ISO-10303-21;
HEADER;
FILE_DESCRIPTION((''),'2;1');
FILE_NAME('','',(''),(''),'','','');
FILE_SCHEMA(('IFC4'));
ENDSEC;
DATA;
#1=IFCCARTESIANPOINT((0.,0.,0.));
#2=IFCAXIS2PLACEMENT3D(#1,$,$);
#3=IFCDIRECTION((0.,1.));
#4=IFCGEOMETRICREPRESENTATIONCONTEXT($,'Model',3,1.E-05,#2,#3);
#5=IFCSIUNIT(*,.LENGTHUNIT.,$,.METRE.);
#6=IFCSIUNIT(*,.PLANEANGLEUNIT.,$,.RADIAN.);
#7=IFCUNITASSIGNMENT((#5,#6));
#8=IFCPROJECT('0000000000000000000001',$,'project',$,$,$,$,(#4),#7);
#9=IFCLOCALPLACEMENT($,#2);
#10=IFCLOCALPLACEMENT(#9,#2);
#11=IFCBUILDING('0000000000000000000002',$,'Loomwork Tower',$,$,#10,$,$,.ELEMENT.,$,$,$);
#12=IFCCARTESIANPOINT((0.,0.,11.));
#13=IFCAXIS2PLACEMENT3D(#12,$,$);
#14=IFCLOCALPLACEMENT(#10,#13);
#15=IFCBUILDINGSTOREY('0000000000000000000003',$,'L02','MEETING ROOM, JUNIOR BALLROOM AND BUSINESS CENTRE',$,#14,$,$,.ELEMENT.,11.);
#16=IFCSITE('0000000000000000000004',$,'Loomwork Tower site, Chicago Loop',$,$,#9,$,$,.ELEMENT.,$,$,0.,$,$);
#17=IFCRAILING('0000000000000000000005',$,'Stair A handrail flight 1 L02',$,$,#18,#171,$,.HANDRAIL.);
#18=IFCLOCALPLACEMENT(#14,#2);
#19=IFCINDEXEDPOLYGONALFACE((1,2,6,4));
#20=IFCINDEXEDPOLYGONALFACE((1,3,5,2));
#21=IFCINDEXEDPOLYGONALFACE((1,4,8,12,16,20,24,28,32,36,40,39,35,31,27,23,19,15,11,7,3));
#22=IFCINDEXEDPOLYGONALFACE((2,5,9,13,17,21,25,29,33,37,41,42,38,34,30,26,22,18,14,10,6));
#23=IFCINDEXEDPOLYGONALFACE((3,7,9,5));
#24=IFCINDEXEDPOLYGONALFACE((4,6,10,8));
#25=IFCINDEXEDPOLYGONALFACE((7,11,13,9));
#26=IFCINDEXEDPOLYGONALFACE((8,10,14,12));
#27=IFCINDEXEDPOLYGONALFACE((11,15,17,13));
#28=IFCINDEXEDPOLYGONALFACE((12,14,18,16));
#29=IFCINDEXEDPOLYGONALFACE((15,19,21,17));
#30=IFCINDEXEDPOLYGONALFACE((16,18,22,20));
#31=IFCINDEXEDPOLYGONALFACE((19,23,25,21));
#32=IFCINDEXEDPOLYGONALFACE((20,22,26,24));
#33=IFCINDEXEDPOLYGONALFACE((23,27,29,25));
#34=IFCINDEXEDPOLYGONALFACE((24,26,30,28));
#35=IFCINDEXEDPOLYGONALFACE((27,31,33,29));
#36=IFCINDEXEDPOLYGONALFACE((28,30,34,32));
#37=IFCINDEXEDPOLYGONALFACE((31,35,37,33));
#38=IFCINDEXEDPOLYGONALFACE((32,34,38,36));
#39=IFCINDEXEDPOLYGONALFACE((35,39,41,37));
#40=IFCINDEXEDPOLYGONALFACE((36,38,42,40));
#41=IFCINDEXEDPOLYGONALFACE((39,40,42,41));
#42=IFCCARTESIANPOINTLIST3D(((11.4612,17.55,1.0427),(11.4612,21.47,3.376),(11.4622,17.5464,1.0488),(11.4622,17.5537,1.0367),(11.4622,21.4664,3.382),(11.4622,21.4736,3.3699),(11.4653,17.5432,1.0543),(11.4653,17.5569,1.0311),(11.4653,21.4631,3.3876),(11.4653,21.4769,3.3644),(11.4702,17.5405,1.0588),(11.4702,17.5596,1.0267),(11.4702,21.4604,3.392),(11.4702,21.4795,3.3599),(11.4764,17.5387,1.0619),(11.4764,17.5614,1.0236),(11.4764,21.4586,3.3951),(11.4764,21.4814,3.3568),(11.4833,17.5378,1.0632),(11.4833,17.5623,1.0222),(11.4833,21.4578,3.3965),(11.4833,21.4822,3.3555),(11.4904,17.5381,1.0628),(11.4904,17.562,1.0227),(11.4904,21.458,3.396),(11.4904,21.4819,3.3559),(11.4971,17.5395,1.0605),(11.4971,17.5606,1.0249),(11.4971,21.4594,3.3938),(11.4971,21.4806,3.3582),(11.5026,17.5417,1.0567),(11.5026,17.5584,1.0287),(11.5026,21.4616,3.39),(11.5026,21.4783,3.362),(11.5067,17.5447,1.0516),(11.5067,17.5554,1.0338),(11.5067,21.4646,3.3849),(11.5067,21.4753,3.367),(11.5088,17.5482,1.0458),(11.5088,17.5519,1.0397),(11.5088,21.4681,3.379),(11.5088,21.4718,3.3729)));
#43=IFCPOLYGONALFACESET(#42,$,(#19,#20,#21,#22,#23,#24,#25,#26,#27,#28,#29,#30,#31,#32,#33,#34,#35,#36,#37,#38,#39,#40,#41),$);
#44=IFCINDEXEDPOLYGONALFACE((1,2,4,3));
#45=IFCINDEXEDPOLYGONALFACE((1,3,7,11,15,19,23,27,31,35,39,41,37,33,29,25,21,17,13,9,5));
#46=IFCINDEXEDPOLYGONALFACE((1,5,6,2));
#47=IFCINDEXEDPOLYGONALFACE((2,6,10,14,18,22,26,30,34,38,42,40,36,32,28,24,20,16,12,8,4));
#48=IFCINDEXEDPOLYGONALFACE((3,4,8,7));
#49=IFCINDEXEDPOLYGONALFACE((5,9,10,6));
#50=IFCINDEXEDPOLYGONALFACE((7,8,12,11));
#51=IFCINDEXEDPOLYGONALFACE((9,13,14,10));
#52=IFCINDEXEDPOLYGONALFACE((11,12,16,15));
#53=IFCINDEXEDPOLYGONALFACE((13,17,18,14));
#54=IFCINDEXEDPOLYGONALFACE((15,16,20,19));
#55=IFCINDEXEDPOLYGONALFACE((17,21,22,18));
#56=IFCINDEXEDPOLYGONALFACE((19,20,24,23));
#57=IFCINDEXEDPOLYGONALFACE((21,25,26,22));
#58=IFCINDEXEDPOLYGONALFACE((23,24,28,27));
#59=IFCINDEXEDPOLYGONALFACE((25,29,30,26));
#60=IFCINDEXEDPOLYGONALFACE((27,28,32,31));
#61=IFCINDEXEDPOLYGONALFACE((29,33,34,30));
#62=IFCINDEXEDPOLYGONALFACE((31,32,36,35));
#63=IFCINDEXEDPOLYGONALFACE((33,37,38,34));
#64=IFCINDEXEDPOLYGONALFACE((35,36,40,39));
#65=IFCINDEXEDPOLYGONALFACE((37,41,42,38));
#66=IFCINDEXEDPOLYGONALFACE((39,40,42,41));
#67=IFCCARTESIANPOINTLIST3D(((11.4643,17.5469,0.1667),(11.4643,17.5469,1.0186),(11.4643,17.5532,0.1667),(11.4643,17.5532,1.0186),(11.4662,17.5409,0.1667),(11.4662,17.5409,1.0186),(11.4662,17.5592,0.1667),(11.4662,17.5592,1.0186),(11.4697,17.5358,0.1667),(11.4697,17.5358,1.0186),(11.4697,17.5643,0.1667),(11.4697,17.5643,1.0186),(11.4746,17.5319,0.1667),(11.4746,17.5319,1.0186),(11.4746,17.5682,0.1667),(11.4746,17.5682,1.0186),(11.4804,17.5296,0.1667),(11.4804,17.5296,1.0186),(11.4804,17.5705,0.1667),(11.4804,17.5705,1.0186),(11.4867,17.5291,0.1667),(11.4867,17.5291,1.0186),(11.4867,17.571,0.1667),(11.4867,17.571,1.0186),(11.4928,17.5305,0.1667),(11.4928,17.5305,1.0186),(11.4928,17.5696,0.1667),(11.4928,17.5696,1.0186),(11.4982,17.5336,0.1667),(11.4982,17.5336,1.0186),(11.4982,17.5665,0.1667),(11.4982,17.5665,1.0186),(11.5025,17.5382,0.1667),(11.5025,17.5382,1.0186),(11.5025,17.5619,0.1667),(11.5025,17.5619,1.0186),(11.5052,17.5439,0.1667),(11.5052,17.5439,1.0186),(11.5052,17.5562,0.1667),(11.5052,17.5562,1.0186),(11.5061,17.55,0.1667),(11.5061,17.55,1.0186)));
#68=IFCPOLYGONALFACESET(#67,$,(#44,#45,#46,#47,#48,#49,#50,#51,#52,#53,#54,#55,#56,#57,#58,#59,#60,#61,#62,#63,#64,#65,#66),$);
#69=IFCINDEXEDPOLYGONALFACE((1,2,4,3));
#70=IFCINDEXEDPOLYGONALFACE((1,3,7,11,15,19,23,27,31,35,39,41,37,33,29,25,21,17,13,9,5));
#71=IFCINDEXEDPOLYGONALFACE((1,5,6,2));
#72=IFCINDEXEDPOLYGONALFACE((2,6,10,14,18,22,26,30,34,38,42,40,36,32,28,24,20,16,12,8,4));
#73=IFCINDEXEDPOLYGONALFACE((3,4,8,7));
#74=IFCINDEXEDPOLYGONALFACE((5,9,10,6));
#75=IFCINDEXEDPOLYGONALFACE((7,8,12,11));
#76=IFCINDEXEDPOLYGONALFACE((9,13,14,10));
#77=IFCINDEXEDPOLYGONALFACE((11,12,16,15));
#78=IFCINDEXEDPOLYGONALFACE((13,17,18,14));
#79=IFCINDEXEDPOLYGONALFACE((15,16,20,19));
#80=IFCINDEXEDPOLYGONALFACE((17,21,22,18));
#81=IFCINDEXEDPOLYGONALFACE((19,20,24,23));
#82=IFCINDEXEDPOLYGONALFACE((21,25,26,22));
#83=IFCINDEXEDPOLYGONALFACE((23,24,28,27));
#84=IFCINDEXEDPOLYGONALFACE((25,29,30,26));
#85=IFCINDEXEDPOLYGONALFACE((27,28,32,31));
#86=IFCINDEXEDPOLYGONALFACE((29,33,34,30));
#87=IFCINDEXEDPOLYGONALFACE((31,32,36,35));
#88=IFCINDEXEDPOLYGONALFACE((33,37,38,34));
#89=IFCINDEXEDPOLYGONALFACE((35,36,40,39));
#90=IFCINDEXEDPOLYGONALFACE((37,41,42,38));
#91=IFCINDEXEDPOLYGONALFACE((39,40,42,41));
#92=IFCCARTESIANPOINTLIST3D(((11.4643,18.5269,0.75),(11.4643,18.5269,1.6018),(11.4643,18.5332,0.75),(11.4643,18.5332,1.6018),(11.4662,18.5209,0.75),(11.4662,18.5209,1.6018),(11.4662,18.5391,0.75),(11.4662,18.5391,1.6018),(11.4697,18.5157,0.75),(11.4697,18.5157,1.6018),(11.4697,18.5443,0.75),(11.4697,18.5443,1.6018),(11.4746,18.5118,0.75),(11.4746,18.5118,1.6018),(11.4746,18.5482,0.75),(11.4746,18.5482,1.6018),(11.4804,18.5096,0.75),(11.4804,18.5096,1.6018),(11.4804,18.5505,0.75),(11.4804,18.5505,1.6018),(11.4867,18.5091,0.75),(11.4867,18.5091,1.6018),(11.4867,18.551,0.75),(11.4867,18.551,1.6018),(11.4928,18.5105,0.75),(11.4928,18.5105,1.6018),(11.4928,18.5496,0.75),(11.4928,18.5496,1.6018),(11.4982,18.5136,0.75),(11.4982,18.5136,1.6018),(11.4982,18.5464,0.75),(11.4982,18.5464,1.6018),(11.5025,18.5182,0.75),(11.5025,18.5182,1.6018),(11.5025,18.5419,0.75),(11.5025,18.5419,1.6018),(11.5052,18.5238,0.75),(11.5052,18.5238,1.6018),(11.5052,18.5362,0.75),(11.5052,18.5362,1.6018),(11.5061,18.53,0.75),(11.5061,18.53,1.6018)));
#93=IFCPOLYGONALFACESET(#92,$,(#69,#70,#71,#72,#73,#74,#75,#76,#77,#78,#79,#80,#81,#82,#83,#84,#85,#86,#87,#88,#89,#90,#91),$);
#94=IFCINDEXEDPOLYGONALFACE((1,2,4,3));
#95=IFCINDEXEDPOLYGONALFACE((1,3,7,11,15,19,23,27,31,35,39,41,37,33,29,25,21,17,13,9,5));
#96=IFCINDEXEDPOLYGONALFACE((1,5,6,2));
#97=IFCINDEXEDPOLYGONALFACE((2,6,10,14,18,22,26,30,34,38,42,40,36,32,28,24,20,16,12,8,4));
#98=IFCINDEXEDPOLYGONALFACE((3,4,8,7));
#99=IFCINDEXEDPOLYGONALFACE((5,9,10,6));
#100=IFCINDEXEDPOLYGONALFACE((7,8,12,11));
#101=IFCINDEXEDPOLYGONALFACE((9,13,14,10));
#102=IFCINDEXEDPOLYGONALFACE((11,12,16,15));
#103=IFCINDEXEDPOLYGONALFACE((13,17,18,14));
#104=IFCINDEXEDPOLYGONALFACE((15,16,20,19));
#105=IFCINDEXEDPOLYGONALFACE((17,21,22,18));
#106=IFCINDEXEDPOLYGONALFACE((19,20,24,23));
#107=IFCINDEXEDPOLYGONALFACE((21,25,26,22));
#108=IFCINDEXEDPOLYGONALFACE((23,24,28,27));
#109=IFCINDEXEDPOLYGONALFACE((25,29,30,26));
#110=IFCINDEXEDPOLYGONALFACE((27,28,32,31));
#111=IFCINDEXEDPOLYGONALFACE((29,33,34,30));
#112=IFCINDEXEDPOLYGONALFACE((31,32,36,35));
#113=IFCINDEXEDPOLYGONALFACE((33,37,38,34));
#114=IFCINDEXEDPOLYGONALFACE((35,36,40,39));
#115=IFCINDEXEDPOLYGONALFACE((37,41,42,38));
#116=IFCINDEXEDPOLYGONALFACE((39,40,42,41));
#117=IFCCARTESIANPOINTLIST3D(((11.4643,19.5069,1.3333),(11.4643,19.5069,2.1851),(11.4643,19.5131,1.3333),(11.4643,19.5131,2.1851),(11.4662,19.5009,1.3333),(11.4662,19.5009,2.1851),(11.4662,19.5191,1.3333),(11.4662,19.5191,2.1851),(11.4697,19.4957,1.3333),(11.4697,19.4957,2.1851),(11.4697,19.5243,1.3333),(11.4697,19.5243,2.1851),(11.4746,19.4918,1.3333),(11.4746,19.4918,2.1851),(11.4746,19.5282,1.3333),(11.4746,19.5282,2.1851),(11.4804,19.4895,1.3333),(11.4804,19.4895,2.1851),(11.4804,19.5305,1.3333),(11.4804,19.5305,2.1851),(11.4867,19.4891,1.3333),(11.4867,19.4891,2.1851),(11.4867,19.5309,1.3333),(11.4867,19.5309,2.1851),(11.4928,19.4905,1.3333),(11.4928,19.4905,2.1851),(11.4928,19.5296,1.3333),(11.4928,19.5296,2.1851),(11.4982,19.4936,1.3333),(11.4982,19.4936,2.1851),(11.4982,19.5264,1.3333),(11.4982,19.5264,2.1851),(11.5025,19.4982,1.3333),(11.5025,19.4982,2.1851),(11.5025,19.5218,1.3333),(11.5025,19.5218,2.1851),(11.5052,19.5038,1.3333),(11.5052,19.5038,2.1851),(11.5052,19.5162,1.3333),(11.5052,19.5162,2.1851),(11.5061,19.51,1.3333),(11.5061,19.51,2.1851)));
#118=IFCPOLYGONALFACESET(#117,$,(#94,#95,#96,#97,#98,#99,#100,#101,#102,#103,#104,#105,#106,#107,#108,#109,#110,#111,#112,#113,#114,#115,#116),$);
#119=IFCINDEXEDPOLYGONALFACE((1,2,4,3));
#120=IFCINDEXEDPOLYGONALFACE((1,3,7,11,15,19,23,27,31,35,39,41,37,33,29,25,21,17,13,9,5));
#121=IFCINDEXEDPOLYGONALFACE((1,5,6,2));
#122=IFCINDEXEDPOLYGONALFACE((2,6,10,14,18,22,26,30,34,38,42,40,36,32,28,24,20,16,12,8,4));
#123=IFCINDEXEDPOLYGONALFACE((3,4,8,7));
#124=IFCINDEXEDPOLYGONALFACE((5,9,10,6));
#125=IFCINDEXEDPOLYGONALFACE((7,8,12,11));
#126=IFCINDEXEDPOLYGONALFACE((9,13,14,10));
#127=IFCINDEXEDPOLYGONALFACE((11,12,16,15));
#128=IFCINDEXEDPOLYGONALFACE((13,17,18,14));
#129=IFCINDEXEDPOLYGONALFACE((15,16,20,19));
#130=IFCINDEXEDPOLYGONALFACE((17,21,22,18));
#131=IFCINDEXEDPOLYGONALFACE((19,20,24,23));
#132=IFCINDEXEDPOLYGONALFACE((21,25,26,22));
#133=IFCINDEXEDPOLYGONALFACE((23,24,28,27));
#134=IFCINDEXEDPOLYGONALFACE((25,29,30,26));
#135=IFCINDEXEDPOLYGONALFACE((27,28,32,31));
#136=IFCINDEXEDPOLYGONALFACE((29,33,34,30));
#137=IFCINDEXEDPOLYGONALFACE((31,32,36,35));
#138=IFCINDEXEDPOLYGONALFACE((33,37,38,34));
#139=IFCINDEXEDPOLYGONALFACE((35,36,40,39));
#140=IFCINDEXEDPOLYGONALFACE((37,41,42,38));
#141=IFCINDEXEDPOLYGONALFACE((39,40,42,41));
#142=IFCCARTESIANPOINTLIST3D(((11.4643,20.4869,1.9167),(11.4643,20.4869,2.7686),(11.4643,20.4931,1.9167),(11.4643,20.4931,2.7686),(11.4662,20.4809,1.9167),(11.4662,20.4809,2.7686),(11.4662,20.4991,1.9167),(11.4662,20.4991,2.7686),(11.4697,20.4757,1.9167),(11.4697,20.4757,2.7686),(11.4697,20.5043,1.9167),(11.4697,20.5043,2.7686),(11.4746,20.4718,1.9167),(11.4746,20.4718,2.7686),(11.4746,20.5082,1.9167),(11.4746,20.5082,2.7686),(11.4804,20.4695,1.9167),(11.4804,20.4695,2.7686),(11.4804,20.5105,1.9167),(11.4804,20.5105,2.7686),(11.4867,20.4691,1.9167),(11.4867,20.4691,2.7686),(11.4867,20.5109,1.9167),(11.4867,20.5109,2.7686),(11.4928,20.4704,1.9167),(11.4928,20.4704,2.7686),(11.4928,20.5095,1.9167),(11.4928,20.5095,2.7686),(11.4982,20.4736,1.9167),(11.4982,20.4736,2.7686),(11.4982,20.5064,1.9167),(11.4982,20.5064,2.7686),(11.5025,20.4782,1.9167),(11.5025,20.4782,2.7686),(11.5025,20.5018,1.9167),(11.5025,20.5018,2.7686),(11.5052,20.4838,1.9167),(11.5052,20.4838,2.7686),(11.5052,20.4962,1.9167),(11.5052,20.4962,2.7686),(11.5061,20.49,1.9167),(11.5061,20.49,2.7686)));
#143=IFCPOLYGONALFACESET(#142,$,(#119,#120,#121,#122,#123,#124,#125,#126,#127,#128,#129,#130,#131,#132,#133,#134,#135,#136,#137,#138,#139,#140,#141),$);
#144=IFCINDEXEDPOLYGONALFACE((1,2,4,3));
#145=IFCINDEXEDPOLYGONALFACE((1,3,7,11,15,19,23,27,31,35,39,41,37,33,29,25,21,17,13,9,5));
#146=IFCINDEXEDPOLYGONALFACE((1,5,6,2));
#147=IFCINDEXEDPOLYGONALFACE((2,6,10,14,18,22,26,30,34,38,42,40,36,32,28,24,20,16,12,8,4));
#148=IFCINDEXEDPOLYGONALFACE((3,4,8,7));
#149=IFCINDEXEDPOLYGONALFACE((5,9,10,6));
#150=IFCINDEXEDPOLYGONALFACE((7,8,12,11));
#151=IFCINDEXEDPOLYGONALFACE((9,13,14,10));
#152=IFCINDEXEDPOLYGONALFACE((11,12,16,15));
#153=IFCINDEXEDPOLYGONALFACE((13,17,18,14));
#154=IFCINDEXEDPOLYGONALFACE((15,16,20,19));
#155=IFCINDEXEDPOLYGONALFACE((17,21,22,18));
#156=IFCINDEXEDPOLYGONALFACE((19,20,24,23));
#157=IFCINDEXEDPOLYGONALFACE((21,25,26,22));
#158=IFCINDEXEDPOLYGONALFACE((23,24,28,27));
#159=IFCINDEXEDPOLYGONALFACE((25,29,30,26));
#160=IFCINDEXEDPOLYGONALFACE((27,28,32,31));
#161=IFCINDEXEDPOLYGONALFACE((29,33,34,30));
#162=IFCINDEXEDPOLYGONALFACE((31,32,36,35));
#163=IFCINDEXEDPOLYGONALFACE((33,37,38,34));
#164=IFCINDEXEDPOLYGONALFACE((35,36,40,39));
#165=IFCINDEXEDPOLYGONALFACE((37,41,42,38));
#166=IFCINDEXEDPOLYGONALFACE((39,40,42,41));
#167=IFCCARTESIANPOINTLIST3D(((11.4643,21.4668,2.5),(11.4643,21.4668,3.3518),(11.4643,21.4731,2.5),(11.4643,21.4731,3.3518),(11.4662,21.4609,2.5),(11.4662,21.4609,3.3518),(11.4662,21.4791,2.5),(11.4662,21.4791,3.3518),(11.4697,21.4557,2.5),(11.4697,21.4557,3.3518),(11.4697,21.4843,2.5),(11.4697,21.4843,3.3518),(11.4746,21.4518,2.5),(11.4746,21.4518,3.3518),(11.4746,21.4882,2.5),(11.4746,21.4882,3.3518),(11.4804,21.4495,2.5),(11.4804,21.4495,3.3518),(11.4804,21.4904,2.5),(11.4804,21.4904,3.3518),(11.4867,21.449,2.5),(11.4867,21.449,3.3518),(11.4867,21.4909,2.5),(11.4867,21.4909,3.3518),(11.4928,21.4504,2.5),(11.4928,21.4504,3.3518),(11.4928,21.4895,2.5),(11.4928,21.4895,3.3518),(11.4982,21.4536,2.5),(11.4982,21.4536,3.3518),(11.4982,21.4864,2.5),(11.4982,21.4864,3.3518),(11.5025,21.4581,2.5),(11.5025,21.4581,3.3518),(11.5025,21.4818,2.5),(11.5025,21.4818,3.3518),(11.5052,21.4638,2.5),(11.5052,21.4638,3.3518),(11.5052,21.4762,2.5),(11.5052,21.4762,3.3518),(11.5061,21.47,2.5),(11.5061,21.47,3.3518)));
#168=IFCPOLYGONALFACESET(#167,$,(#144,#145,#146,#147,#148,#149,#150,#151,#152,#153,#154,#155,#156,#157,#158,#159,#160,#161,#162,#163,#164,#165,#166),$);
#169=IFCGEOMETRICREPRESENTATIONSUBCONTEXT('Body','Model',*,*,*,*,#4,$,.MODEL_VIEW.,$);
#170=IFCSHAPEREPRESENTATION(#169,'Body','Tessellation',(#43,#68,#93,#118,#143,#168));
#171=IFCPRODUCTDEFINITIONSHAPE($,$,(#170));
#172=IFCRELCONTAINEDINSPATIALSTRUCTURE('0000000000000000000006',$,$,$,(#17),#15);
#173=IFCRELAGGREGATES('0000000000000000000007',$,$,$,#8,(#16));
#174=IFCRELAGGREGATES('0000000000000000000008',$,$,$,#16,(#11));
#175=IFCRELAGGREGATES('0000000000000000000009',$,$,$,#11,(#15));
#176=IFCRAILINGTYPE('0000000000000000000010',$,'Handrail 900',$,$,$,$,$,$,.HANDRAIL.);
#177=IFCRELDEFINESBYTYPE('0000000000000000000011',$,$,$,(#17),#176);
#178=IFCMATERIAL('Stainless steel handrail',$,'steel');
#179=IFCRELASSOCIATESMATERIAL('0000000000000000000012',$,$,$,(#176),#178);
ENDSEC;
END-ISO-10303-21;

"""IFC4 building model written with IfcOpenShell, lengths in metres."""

from ifc_helpers import new_model, si_unit, direction, frame, origin, origin_2d, place, context, subcontext, project, spatial, circle, extrude, material, type_object, element, save


model = new_model("IFC4")

# Units and contexts
model_context = context("Model", 3, precision=1e-05, world=origin(), true_north=direction((0.0, 1.0)))
body_context = subcontext(model_context, "Body", "Model", "MODEL_VIEW")
ifc_project = project(units=[si_unit("LENGTHUNIT", "METRE"), si_unit("PLANEANGLEUNIT", "RADIAN")], contexts=[model_context])

# Site, building, storey
site_placement = place(None, origin())
site = spatial("IfcSite", under=ifc_project, at=site_placement, Name="Loomwork Tower site, Chicago Loop", CompositionType="ELEMENT", RefElevation=0.0)
building_placement = place(site_placement, origin())
building = spatial("IfcBuilding", under=site, at=building_placement, Name="Loomwork Tower", CompositionType="ELEMENT")
storey_placement = place(building_placement, frame((0.0, 0.0, 11.0)))
storey = spatial("IfcBuildingStorey", under=building, at=storey_placement, Name="L02", Description="MEETING ROOM, JUNIOR BALLROOM AND BUSINESS CENTRE", CompositionType="ELEMENT", Elevation=11.0)

# Railing
ifc_material_1 = material(Name="Stainless steel handrail", Category="steel")
railing_type = type_object("IfcRailingType", Name="Handrail 900", PredefinedType="HANDRAIL", material=ifc_material_1)
railing_1_placement = place(storey_placement, frame((11.4851, 17.55, 0.1667)))
element("IfcRailing", 1, at=railing_1_placement, inside=storey, type_object=railing_type, Name="Stair A handrail flight 1 L02", PredefinedType="HANDRAIL", context=body_context, shape_type="SweptSolid", body=[
    extrude(circle(Radius=0.0239, at=origin_2d()), frame((0.0, 0.0, 0.876), z_axis=(0.0, 0.859296, 0.511478), x_axis=(-1.0, 0.0, 0.0)), (0.0, 0.0, 1.0), 4.5618),
    extrude(circle(Radius=0.021, at=origin_2d()), origin(), (0.0, 0.0, 1.0), 0.8518),
    extrude(circle(Radius=0.021, at=origin_2d()), frame((0.0, 0.98, 0.5833)), (0.0, 0.0, 1.0), 0.8518),
    extrude(circle(Radius=0.021, at=origin_2d()), frame((0.0, 1.96, 1.1665)), (0.0, 0.0, 1.0), 0.8518),
    extrude(circle(Radius=0.021, at=origin_2d()), frame((0.0, 2.9399, 1.75)), (0.0, 0.0, 1.0), 0.8518),
    extrude(circle(Radius=0.021, at=origin_2d()), frame((0.0, 3.9199, 2.3333)), (0.0, 0.0, 1.0), 0.8518),
])

save(model, "model.ifc")
